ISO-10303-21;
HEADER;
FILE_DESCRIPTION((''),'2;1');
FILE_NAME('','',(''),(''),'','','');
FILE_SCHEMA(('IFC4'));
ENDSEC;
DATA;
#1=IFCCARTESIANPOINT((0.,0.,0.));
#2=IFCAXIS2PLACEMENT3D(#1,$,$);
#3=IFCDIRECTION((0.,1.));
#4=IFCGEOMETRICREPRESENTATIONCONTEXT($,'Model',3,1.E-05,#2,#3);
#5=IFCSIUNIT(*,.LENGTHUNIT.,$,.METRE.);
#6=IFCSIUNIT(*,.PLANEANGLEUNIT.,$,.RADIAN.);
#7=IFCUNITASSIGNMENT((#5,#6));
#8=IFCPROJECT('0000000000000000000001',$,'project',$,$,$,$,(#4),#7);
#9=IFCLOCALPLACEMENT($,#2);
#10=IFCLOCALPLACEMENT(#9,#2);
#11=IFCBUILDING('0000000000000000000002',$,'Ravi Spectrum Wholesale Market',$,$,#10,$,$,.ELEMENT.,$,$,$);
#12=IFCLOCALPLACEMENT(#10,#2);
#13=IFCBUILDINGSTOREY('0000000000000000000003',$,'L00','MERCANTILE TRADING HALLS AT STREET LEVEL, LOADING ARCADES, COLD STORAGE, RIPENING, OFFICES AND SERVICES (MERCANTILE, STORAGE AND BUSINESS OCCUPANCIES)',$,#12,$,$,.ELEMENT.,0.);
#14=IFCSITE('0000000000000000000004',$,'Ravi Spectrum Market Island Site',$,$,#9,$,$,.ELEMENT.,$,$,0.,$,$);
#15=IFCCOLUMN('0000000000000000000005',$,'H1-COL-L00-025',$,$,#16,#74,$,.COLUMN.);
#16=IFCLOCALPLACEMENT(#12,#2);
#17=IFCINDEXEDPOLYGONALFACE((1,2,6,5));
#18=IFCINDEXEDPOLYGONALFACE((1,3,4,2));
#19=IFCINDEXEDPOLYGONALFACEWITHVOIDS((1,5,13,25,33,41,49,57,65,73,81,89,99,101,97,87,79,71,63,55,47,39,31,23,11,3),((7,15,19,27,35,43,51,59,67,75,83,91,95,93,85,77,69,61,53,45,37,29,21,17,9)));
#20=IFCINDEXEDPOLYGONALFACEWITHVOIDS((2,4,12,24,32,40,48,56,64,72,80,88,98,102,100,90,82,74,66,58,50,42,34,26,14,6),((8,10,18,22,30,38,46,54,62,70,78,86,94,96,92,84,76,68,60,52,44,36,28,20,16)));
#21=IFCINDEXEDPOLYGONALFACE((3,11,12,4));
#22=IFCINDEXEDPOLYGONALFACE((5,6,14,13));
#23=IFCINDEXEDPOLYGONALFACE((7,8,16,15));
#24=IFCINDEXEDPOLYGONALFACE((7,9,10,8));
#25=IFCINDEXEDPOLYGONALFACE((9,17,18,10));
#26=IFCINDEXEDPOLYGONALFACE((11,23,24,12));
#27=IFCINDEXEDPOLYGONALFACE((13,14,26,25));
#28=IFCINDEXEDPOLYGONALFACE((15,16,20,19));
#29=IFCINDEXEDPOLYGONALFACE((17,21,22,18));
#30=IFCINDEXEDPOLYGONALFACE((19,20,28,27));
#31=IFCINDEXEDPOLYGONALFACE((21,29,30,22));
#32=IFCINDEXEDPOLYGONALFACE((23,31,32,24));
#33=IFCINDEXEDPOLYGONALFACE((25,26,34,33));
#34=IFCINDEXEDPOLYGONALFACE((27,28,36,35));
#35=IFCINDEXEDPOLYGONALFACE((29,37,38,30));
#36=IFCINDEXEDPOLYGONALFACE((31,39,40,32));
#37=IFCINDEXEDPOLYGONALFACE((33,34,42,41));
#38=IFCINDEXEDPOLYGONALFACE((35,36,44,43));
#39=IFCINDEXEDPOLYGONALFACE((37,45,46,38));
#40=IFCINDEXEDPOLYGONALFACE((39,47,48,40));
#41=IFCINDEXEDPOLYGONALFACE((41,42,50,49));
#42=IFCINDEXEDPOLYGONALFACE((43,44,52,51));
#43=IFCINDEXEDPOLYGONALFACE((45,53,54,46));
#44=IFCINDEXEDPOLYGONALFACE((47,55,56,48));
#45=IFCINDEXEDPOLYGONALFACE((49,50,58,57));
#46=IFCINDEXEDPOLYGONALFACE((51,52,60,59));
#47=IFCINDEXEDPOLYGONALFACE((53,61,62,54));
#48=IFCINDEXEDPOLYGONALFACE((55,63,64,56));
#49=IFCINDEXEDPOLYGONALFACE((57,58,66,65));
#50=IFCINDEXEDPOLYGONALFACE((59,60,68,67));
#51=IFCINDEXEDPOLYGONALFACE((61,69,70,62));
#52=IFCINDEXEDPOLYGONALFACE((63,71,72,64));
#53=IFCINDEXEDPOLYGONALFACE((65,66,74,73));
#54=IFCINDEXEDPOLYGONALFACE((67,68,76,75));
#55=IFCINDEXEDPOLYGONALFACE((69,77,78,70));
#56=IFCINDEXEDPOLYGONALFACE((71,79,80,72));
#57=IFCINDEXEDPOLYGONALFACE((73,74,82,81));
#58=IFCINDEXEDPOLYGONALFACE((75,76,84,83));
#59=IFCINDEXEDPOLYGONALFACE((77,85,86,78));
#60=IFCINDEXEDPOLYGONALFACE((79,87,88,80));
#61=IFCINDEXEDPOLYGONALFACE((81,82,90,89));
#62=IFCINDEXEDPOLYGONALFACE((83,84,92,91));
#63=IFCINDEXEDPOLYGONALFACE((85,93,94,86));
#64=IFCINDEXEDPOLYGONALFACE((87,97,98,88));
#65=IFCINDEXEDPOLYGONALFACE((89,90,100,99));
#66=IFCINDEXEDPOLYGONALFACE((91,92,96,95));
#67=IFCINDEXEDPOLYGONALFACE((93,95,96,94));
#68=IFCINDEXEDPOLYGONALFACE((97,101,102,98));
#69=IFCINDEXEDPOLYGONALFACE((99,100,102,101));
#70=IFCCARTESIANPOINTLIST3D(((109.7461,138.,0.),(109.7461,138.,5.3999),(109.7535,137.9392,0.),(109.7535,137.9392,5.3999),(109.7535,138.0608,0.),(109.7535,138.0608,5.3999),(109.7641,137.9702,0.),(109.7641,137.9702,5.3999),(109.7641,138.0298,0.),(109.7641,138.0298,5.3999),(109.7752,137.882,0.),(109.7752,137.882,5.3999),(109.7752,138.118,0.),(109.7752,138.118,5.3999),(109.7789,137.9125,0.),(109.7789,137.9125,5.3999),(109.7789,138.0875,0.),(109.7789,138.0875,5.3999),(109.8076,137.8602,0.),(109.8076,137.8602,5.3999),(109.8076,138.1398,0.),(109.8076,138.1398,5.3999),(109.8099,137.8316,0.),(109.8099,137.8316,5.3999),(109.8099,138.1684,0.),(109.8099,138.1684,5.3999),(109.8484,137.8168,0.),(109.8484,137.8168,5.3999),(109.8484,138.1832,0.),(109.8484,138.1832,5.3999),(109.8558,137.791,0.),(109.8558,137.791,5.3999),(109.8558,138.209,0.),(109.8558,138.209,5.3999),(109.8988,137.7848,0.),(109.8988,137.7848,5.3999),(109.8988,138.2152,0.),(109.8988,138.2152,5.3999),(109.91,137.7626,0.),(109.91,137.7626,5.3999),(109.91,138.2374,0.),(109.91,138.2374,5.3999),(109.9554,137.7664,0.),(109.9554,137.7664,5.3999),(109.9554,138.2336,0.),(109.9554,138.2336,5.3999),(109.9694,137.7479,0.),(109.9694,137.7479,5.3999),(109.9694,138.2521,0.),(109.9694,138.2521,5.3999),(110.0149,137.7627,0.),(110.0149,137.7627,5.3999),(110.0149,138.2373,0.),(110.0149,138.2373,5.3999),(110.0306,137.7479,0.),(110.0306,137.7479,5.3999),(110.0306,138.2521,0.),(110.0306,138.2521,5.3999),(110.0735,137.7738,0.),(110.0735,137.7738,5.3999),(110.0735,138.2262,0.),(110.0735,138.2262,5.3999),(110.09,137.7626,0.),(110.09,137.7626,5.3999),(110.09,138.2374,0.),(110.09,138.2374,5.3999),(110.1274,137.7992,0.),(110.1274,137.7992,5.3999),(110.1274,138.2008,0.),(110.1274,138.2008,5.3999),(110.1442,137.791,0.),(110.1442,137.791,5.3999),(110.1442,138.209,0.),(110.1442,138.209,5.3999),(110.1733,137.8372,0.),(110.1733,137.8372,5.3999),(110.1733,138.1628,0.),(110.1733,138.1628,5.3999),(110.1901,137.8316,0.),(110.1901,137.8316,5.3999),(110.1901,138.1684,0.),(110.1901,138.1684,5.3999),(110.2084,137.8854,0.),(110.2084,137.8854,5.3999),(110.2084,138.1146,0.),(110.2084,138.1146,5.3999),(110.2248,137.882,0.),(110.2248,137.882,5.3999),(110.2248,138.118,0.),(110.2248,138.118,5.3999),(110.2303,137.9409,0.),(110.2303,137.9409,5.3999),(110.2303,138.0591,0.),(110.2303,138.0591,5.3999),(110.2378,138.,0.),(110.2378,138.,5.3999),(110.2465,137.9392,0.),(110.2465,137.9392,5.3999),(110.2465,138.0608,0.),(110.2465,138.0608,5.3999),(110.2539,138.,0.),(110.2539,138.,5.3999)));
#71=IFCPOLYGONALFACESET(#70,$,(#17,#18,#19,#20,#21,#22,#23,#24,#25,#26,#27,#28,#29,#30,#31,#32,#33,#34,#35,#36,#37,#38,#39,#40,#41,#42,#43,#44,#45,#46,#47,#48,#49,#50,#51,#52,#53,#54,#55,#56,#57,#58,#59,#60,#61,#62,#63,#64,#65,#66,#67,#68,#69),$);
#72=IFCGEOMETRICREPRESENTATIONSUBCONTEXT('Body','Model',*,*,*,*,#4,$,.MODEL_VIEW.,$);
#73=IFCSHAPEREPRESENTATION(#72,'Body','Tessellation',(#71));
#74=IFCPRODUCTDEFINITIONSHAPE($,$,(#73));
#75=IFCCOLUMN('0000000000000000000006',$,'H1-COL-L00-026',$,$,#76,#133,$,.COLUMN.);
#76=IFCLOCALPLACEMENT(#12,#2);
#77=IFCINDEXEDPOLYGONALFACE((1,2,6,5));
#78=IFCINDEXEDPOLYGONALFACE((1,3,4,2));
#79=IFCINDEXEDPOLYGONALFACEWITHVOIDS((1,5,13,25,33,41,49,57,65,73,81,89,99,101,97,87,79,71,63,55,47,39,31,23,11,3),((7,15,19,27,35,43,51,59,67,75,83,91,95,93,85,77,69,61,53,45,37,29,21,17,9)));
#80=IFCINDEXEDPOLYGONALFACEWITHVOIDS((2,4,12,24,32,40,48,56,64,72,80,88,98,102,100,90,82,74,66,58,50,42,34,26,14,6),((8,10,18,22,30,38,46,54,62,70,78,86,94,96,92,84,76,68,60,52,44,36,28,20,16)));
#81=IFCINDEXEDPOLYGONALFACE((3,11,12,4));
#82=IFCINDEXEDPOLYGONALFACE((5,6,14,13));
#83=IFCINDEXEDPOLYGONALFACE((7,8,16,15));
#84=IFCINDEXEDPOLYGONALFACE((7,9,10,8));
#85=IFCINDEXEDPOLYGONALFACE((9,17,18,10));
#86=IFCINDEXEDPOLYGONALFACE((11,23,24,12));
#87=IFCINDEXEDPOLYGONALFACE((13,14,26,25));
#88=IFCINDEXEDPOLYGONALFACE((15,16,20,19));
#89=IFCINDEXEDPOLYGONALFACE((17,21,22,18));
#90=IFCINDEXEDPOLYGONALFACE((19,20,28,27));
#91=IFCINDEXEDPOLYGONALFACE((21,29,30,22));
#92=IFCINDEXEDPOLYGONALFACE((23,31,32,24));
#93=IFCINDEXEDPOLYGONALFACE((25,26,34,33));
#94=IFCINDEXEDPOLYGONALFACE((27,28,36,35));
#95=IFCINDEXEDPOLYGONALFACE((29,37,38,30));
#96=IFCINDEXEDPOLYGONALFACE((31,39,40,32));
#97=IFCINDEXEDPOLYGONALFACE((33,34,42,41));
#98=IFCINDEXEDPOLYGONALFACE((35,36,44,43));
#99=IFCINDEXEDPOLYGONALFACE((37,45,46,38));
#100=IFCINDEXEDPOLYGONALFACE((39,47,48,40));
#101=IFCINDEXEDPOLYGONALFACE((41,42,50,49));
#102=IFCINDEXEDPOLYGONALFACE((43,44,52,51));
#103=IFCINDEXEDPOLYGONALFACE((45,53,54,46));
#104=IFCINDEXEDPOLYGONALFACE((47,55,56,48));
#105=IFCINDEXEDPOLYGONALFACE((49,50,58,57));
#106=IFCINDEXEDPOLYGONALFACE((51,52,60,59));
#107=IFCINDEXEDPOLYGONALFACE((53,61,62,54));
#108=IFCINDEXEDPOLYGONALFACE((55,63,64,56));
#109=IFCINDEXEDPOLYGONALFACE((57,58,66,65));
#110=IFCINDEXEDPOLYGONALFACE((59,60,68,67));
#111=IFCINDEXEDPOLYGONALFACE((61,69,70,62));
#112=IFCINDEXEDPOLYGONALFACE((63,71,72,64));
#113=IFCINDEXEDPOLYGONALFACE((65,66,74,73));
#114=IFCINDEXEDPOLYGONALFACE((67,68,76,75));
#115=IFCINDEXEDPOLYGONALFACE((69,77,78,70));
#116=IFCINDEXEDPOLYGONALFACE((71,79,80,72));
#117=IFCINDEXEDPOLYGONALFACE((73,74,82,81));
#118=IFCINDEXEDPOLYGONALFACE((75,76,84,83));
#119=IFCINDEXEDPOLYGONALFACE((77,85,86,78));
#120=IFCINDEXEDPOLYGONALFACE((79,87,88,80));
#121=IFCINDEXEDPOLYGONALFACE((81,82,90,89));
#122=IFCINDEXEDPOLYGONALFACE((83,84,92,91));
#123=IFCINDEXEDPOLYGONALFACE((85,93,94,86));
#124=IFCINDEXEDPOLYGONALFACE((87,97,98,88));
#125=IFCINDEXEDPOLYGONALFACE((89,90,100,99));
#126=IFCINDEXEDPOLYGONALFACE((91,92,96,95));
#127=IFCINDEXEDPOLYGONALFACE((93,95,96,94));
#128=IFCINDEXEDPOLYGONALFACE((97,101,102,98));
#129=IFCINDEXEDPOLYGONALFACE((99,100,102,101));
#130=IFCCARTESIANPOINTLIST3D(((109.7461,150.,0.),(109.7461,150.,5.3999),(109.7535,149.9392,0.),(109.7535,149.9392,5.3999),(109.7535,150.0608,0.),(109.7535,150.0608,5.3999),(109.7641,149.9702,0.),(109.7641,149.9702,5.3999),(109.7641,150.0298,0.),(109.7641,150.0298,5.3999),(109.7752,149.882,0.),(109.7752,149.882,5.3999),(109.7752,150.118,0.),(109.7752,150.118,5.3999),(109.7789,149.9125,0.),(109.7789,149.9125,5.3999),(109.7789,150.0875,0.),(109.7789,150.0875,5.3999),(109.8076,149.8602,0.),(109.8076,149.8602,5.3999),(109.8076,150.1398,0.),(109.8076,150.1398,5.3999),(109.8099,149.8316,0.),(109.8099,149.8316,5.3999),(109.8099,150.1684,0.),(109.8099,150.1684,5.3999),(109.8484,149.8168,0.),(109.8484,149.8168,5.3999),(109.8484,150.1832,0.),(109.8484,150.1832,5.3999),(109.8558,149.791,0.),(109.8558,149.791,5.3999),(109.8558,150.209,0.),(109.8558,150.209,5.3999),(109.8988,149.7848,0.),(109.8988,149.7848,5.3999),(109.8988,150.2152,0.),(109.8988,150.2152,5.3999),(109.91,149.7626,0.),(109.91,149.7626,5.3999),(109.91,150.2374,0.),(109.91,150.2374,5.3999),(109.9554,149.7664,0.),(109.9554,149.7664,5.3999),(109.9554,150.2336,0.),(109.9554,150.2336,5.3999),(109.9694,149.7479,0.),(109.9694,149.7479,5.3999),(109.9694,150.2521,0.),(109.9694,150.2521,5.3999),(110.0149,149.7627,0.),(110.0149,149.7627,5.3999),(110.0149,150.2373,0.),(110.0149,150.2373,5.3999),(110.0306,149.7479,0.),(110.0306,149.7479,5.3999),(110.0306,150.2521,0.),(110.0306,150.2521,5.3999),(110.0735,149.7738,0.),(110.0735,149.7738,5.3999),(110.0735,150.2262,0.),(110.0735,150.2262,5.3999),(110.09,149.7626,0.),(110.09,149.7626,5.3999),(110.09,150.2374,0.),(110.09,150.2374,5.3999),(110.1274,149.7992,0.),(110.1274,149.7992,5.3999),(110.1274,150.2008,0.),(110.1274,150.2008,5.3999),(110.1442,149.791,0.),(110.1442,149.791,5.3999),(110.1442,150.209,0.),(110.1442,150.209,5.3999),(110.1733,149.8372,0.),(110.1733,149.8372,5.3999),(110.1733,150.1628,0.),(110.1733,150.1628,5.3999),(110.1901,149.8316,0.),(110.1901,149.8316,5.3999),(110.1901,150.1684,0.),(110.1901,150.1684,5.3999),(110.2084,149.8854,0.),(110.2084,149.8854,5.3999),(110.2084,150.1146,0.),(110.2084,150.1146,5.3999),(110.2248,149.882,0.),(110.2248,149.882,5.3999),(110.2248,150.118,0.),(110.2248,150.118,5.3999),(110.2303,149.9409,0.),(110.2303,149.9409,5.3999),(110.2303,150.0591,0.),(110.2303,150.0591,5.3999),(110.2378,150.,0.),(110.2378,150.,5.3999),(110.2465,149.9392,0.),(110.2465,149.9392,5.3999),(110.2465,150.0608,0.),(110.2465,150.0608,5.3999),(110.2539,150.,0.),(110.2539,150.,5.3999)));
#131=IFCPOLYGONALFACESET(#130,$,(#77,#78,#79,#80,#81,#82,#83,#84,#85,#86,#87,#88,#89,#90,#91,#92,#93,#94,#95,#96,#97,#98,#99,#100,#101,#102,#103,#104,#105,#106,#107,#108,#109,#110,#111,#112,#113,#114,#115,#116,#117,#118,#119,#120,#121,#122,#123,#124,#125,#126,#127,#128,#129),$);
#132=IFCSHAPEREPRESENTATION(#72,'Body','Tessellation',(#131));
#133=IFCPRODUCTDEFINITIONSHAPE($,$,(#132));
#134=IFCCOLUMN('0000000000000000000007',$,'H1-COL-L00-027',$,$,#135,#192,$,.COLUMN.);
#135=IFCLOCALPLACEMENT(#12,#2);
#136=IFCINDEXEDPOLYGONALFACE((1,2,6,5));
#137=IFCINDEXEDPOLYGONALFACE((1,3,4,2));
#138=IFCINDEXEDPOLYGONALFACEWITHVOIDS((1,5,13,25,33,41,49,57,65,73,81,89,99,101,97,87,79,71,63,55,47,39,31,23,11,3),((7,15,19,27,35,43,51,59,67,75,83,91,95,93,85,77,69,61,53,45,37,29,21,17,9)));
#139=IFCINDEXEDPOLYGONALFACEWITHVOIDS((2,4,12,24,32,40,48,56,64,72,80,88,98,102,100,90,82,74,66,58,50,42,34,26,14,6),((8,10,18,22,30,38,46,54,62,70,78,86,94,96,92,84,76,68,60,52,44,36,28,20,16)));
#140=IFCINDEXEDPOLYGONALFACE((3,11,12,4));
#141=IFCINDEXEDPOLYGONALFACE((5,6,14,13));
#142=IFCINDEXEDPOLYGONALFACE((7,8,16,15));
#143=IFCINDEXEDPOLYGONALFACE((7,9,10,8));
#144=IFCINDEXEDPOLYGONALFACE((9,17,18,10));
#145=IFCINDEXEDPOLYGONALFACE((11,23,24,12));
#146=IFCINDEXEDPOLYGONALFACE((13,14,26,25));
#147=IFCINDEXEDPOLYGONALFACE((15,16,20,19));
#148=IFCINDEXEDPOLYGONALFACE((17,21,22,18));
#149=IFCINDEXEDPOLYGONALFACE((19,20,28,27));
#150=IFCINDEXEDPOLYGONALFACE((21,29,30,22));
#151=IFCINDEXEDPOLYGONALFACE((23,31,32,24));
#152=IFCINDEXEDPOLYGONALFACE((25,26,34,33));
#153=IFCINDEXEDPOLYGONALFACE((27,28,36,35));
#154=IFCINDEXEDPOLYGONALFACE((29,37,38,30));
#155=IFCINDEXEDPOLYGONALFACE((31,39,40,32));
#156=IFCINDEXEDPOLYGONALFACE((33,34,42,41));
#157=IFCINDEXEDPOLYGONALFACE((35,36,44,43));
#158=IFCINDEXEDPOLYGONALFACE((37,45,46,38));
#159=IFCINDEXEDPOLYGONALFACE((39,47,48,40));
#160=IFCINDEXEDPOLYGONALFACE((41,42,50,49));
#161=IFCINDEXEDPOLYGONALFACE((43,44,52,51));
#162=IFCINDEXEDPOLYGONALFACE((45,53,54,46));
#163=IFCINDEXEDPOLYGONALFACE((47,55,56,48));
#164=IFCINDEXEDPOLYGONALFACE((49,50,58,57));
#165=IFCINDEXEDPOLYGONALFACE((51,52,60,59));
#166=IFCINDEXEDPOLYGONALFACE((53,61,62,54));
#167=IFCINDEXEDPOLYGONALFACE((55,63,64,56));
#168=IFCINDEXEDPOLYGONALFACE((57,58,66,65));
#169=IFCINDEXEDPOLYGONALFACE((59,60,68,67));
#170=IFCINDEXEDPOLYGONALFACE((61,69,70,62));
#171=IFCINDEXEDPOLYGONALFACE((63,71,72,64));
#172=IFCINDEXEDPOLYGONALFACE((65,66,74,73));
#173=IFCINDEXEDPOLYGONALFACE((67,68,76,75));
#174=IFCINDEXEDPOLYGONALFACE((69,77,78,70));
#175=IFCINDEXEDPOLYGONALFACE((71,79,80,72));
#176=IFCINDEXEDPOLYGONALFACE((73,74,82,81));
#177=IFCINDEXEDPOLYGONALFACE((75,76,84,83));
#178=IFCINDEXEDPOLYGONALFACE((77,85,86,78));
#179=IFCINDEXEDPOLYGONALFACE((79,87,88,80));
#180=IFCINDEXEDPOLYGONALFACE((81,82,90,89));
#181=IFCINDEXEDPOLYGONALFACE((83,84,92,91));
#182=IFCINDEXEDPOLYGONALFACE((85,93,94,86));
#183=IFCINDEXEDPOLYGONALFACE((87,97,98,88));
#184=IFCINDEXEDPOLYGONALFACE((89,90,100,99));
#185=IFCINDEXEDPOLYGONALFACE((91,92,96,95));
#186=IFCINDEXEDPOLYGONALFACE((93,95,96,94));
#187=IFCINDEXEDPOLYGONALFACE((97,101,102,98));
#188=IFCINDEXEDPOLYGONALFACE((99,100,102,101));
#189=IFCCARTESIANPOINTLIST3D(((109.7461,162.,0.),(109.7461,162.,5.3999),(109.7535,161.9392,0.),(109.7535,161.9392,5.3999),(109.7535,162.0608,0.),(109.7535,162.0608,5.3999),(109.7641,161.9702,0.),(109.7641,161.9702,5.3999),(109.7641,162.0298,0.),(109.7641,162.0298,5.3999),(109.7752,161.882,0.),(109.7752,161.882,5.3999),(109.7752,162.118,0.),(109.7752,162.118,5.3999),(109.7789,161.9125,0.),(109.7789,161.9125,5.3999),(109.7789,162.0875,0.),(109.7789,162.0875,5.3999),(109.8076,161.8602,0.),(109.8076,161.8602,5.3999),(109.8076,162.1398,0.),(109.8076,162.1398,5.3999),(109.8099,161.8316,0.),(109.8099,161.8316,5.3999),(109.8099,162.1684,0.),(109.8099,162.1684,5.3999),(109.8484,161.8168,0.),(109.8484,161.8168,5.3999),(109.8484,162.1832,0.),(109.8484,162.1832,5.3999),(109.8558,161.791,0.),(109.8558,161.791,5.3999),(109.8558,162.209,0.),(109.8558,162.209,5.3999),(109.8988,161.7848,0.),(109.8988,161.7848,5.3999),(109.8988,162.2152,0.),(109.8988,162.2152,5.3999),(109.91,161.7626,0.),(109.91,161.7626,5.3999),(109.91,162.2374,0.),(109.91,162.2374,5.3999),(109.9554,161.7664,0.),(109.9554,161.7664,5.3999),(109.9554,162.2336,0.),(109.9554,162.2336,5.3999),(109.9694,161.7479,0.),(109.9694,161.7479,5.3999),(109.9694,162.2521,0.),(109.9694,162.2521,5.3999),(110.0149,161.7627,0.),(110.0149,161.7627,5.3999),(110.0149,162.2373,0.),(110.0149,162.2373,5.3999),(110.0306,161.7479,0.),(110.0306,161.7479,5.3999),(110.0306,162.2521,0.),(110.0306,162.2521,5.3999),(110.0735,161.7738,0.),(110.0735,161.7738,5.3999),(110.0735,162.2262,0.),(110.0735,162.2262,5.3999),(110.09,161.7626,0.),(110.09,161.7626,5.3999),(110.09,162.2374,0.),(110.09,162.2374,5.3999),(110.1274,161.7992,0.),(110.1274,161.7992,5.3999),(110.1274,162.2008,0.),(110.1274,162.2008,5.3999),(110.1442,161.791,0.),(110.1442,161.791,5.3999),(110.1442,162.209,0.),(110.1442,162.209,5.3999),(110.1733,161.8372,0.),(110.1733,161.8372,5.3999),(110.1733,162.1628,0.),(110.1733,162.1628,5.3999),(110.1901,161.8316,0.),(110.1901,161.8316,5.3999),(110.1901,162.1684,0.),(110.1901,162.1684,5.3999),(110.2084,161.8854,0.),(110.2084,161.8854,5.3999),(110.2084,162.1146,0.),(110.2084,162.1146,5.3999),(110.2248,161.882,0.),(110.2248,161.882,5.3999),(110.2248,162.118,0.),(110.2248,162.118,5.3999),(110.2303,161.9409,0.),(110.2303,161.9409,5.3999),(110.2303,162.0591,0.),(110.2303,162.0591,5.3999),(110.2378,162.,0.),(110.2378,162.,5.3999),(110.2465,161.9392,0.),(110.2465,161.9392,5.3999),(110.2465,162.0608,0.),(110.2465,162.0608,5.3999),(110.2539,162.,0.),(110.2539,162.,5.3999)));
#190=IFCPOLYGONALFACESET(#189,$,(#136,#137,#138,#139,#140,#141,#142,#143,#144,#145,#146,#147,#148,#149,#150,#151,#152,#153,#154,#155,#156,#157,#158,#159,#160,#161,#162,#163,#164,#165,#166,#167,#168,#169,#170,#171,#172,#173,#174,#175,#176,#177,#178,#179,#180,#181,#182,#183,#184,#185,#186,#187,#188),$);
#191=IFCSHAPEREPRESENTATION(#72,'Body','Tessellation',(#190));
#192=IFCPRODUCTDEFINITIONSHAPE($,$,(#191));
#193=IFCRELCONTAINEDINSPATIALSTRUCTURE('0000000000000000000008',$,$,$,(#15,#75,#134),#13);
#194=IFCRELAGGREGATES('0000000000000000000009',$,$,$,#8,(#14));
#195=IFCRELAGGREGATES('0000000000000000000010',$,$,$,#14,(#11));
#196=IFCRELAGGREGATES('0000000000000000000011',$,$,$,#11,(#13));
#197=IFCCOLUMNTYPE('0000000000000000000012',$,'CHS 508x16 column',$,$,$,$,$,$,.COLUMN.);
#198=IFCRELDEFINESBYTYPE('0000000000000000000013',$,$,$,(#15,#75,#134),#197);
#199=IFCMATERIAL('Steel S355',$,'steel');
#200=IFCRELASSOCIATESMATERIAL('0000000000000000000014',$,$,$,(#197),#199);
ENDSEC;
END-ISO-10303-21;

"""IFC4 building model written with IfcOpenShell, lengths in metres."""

from ifc_helpers import new_model, si_unit, direction, frame, origin, origin_2d, place, context, subcontext, project, spatial, hollow_circle, extrude, material, material_profile, profile_set, type_object, element, save


model = new_model("IFC4")

# Units and contexts
model_context = context("Model", 3, precision=1e-05, world=origin(), true_north=direction((0.0, 1.0)))
body_context = subcontext(model_context, "Body", "Model", "MODEL_VIEW")
ifc_project = project(units=[si_unit("LENGTHUNIT", "METRE"), si_unit("PLANEANGLEUNIT", "RADIAN")], contexts=[model_context])

# Site, building, storey
site_placement = place(None, origin())
site = spatial("IfcSite", under=ifc_project, at=site_placement, Name="Ravi Spectrum Market Island Site", CompositionType="ELEMENT", RefElevation=0.0)
building_placement = place(site_placement, origin())
building = spatial("IfcBuilding", under=site, at=building_placement, Name="Ravi Spectrum Wholesale Market", CompositionType="ELEMENT")
storey_placement = place(building_placement, origin())
storey = spatial("IfcBuildingStorey", under=building, at=storey_placement, Name="L00", Description="MERCANTILE TRADING HALLS AT STREET LEVEL, LOADING ARCADES, COLD STORAGE, RIPENING, OFFICES AND SERVICES (MERCANTILE, STORAGE AND BUSINESS OCCUPANCIES)", CompositionType="ELEMENT", Elevation=0.0)

# Columns
ifc_material_1 = material(Name="Steel S355", Category="steel")
ifc_material_profile_1 = material_profile(ifc_material_1, hollow_circle(Radius=0.2539, WallThickness=0.0161, at=origin_2d()))
ifc_profile_set_1 = profile_set([ifc_material_profile_1], Name="Steel S355")
column_type_1 = type_object("IfcColumnType", Name="CHS 508x16 column", PredefinedType="COLUMN", material=ifc_profile_set_1)
for number, where, z_axis, x_axis, name in (
    (1, (110.0, 138.0, 0.0), (0.0, 0.0, 1.0), (1.0, 0.0, 0.0), "H1-COL-L00-025"),
    (2, (110.0, 150.0, 0.0), (0.0, 0.0, 1.0), (1.0, 0.0, 0.0), "H1-COL-L00-026"),
    (3, (110.0, 162.0, 0.0), (0.0, 0.0, 1.0), (1.0, 0.0, 0.0), "H1-COL-L00-027"),
):
    element("IfcColumn", number, at=place(storey_placement, frame(where, z_axis=z_axis, x_axis=x_axis)), inside=storey, type_object=column_type_1, Name=name, PredefinedType="COLUMN", context=body_context, shape_type="SweptSolid", body=[
        extrude(hollow_circle(Radius=0.2539, WallThickness=0.0161, at=origin_2d()), origin(), (0.0, 0.0, 1.0), 5.3999),
    ])

save(model, "model.ifc")
